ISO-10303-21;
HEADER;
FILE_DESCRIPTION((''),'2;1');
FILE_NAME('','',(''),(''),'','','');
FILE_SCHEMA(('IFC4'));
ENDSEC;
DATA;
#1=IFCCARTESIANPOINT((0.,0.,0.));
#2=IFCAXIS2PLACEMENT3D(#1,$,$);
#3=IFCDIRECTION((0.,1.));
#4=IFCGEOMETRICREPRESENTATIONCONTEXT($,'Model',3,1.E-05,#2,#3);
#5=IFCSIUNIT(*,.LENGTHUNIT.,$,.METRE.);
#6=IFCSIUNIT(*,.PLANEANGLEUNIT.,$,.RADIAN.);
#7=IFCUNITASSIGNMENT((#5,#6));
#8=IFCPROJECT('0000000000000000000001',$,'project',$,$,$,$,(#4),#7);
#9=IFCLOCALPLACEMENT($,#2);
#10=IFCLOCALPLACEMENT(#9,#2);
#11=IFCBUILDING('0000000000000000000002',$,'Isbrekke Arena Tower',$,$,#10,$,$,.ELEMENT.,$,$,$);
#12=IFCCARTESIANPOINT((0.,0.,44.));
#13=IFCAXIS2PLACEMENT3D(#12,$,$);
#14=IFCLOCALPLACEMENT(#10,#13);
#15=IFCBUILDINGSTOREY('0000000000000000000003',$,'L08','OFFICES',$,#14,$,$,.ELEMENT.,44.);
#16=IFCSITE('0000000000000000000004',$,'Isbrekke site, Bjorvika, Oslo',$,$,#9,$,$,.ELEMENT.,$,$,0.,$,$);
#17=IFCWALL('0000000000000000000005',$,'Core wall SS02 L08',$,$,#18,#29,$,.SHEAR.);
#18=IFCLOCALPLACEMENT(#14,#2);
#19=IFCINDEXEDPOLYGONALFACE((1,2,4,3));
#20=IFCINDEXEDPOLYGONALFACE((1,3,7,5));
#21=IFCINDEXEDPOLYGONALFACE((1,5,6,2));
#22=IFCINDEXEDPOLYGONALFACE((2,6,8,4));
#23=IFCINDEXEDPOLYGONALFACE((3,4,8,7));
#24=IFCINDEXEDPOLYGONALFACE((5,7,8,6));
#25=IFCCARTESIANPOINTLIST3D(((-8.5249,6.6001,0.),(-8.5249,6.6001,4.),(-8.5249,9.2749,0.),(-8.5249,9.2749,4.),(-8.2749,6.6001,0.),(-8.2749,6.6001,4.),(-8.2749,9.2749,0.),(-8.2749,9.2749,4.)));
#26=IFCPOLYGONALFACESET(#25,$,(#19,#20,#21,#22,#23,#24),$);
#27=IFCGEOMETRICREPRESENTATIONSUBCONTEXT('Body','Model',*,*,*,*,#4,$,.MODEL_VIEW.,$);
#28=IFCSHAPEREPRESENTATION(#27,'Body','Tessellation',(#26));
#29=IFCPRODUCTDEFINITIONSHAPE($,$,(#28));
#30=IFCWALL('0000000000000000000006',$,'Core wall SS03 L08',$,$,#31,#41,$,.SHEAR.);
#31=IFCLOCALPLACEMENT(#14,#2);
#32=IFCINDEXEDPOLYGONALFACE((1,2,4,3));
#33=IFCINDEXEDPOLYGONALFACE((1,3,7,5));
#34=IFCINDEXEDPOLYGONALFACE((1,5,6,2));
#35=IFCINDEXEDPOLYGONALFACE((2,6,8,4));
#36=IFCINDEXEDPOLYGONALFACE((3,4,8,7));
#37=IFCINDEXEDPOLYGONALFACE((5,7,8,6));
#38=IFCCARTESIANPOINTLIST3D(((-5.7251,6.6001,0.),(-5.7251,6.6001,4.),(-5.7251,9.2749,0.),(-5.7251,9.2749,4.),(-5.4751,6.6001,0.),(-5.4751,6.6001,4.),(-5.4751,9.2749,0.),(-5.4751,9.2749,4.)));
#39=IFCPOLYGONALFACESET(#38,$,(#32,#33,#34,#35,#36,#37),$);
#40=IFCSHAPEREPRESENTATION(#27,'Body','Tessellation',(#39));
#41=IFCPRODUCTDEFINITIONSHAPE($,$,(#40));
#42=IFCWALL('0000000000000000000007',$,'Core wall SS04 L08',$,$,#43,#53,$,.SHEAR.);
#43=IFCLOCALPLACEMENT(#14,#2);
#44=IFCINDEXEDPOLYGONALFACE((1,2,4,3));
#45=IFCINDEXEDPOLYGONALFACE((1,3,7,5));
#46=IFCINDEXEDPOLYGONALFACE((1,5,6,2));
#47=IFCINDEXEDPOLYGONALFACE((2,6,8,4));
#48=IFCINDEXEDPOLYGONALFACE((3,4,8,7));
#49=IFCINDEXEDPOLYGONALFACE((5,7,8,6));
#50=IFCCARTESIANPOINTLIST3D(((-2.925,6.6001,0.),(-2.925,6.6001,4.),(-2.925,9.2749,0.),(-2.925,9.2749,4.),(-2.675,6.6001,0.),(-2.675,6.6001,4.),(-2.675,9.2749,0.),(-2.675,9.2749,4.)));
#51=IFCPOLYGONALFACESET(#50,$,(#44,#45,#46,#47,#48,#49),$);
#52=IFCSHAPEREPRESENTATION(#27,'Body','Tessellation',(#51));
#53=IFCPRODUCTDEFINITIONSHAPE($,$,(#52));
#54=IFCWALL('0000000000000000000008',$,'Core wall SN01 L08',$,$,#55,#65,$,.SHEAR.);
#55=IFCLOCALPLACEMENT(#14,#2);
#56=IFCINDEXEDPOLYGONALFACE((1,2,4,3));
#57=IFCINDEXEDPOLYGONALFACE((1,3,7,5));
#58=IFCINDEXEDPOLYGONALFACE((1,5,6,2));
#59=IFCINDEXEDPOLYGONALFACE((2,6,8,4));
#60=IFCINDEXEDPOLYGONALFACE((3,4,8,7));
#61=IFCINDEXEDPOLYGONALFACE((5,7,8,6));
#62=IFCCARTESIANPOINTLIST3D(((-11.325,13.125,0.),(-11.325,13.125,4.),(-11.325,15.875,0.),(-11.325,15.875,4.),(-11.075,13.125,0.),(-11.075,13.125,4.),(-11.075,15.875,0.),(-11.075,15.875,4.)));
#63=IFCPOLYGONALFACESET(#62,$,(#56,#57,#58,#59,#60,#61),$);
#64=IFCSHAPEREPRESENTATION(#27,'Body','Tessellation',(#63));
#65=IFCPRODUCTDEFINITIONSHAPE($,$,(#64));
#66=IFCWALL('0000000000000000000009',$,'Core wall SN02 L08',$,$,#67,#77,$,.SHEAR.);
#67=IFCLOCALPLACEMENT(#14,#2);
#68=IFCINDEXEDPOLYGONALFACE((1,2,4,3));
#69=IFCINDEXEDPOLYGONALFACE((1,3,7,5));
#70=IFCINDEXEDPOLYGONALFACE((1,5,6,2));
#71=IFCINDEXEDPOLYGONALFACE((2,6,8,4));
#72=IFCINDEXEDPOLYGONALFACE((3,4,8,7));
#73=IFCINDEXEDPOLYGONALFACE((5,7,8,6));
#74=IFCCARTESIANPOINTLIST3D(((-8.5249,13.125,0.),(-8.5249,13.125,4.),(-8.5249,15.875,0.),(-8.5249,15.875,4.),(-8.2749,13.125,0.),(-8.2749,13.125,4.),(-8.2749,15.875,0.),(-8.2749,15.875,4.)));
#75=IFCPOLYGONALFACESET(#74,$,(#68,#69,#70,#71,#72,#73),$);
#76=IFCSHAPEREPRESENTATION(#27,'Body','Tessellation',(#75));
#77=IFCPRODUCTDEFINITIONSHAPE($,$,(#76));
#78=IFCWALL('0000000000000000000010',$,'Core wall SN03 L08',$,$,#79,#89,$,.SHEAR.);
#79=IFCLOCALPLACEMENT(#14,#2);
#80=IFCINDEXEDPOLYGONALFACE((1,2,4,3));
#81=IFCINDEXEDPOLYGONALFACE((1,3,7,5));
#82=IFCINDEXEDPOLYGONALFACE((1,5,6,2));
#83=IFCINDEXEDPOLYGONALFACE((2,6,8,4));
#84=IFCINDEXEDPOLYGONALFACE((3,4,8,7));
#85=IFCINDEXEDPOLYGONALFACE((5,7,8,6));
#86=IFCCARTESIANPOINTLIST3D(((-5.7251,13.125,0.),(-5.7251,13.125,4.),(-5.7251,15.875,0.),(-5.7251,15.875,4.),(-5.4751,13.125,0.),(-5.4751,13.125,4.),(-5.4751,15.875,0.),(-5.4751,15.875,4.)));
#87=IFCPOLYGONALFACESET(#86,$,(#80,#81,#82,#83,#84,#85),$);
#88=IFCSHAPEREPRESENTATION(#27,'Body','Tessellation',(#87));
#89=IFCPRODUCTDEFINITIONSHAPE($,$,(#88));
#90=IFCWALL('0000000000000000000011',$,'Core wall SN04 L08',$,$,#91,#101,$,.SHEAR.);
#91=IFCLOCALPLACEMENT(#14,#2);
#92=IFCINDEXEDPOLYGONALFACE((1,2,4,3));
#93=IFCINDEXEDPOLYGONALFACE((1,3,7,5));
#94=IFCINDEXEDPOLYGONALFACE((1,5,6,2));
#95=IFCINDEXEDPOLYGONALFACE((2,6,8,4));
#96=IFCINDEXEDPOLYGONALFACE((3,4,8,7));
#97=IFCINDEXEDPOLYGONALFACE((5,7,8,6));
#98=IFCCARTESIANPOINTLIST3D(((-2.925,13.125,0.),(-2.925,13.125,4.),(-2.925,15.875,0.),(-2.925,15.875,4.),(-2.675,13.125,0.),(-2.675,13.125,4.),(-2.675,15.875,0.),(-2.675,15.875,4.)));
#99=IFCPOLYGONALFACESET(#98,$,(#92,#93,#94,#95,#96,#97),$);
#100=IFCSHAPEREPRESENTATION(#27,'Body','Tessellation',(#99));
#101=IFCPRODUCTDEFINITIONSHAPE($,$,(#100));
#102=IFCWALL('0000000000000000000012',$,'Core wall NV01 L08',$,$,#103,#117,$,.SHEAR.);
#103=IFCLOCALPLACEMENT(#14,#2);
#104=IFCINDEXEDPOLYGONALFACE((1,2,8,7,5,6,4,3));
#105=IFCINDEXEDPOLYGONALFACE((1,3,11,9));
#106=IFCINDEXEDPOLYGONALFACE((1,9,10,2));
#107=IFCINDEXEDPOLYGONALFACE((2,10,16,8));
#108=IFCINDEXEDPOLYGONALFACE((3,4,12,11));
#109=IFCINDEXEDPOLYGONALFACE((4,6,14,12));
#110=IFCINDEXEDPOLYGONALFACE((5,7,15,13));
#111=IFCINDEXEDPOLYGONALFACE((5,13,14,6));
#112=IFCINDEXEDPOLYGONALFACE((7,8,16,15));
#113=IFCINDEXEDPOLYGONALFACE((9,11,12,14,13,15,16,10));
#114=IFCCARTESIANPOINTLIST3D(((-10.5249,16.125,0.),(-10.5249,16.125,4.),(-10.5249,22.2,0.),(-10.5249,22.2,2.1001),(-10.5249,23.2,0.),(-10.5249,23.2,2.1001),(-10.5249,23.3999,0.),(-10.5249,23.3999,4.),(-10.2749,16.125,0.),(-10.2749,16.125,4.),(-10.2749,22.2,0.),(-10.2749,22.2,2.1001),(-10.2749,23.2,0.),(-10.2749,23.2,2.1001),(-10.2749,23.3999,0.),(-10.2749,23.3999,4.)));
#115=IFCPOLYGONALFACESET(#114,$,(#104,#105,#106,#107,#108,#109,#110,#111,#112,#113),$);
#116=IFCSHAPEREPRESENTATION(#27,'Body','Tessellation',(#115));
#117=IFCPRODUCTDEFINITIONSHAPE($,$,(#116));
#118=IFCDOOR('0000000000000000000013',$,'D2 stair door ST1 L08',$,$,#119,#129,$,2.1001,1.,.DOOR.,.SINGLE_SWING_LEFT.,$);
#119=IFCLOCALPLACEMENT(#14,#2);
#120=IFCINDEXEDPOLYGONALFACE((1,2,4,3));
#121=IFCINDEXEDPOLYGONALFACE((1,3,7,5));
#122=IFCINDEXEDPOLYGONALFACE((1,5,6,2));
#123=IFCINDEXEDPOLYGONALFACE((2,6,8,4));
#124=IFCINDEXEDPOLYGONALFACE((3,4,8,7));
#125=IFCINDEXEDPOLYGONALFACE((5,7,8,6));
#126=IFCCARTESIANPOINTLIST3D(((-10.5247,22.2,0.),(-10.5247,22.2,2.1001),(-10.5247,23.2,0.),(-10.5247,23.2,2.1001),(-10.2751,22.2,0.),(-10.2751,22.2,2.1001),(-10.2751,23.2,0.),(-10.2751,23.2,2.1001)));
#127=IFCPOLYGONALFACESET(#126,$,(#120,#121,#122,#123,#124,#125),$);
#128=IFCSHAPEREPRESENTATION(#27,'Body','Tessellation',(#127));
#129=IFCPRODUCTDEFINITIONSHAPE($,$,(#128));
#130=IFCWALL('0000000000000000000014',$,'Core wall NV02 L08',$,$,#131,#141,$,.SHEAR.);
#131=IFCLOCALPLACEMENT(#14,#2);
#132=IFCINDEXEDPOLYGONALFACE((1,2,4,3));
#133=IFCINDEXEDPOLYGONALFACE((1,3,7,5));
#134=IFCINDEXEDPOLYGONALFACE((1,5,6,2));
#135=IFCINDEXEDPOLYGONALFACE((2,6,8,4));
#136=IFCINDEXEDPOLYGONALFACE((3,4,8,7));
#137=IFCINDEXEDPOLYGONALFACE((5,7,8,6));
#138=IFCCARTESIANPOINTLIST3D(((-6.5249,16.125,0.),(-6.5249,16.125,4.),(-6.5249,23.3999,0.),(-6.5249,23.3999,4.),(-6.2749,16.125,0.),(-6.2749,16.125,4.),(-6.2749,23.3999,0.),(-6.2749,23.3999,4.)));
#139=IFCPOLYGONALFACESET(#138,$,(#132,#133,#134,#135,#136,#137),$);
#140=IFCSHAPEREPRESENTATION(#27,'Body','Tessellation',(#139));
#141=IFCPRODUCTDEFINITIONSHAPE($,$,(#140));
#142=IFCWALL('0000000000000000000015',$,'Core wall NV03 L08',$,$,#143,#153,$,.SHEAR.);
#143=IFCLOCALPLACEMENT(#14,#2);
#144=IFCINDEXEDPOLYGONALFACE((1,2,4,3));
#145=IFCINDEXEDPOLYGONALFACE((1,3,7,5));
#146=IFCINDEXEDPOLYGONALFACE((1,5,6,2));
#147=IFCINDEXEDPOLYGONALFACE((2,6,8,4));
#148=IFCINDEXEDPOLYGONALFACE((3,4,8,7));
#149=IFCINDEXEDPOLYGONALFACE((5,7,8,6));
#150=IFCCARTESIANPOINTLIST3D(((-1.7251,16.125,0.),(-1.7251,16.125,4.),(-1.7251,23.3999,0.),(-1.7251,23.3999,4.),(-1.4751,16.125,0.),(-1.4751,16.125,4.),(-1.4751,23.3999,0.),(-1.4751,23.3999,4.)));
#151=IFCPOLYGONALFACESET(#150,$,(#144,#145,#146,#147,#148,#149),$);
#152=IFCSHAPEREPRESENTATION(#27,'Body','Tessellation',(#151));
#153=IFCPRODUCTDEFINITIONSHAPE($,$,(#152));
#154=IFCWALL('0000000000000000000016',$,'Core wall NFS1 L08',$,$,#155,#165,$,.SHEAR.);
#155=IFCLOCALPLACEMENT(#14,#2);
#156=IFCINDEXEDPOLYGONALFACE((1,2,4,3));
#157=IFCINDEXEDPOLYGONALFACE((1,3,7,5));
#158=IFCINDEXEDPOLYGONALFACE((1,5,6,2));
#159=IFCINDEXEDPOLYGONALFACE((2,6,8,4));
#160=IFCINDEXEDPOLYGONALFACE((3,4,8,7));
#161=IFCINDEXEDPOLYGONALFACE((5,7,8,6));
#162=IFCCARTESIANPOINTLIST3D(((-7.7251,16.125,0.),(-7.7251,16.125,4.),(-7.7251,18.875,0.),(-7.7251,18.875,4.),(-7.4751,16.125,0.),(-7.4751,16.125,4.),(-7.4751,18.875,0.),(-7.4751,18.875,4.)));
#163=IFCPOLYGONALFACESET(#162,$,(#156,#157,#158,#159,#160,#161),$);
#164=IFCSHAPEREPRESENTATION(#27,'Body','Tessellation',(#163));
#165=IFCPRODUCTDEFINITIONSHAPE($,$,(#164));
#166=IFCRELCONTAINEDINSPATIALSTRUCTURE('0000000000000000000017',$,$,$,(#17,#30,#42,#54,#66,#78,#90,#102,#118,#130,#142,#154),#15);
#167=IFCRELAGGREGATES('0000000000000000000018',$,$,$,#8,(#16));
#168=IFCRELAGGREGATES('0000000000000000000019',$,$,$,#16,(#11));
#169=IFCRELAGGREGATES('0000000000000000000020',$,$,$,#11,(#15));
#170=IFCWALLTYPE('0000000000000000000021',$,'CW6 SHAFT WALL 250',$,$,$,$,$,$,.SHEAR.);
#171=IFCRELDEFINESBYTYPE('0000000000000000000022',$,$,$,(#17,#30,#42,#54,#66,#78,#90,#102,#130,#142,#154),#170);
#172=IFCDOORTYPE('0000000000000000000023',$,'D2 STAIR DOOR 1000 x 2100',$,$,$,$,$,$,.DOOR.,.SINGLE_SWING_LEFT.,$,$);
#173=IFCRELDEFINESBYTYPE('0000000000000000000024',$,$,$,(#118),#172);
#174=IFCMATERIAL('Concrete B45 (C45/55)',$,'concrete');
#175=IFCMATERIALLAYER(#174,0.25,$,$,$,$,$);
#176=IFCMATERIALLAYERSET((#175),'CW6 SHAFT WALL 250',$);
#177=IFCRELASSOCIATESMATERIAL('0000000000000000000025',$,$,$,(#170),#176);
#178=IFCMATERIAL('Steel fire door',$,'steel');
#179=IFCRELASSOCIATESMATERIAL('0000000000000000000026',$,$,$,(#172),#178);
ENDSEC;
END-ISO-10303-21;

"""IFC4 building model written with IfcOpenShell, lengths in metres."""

from ifc_helpers import new_model, si_unit, direction, frame, frame_2d, origin, place, context, subcontext, project, spatial, rectangle, extrude, material, layer, layer_set, type_object, element, fill, save


model = new_model("IFC4")

# Units and contexts
model_context = context("Model", 3, precision=1e-05, world=origin(), true_north=direction((0.0, 1.0)))
body_context = subcontext(model_context, "Body", "Model", "MODEL_VIEW")
ifc_project = project(units=[si_unit("LENGTHUNIT", "METRE"), si_unit("PLANEANGLEUNIT", "RADIAN")], contexts=[model_context])

# Site, building, storey
site_placement = place(None, origin())
site = spatial("IfcSite", under=ifc_project, at=site_placement, Name="Isbrekke site, Bjorvika, Oslo", CompositionType="ELEMENT", RefElevation=0.0)
building_placement = place(site_placement, origin())
building = spatial("IfcBuilding", under=site, at=building_placement, Name="Isbrekke Arena Tower", CompositionType="ELEMENT")
storey_placement = place(building_placement, frame((0.0, 0.0, 44.0)))
storey = spatial("IfcBuildingStorey", under=building, at=storey_placement, Name="L08", Description="OFFICES", CompositionType="ELEMENT", Elevation=44.0)

# Shared definitions
ifc_material_1 = material(Name="Concrete B45 (C45/55)", Category="concrete")
ifc_layer_1 = layer(ifc_material_1, 0.25)
ifc_layer_set_1 = layer_set([ifc_layer_1], Name="CW6 SHAFT WALL 250")
wall_type_1 = type_object("IfcWallType", Name="CW6 SHAFT WALL 250", PredefinedType="SHEAR", material=ifc_layer_set_1)

# Walls
for number, where, z_axis, x_axis, name in (
    (1, (-8.3999, 6.6001, 0.0), (0.0, 0.0, 1.0), (0.0, 1.0, 0.0), "Core wall SS02 L08"),
    (2, (-5.6001, 6.6001, 0.0), (0.0, 0.0, 1.0), (0.0, 1.0, 0.0), "Core wall SS03 L08"),
    (3, (-2.8, 6.6001, 0.0), (0.0, 0.0, 1.0), (0.0, 1.0, 0.0), "Core wall SS04 L08"),
):
    element("IfcWall", number, at=place(storey_placement, frame(where, z_axis=z_axis, x_axis=x_axis)), inside=storey, type_object=wall_type_1, Name=name, PredefinedType="SHEAR", context=body_context, shape_type="SweptSolid", body=[
        extrude(rectangle(XDim=2.6748, YDim=0.25, at=frame_2d((1.3374, 0.0))), origin(), (0.0, 0.0, 1.0), 4.0),
    ])
for number, where, z_axis, x_axis, name in (
    (4, (-11.2, 13.125, 0.0), (0.0, 0.0, 1.0), (0.0, 1.0, 0.0), "Core wall SN01 L08"),
    (5, (-8.3999, 13.125, 0.0), (0.0, 0.0, 1.0), (0.0, 1.0, 0.0), "Core wall SN02 L08"),
    (6, (-5.6001, 13.125, 0.0), (0.0, 0.0, 1.0), (0.0, 1.0, 0.0), "Core wall SN03 L08"),
    (7, (-2.8, 13.125, 0.0), (0.0, 0.0, 1.0), (0.0, 1.0, 0.0), "Core wall SN04 L08"),
):
    element("IfcWall", number, at=place(storey_placement, frame(where, z_axis=z_axis, x_axis=x_axis)), inside=storey, type_object=wall_type_1, Name=name, PredefinedType="SHEAR", context=body_context, shape_type="SweptSolid", body=[
        extrude(rectangle(XDim=2.75, YDim=0.25, at=frame_2d((1.375, 0.0))), origin(), (0.0, 0.0, 1.0), 4.0),
    ])

# Wall, opening, door
wall_1_placement = place(storey_placement, frame((-10.3999, 16.125, 0.0), z_axis=(0.0, 0.0, 1.0), x_axis=(0.0, 1.0, 0.0)))
wall_1 = element("IfcWall", 8, at=wall_1_placement, inside=storey, type_object=wall_type_1, Name="Core wall NV01 L08", PredefinedType="SHEAR", context=body_context, shape_type="SweptSolid", body=[
    extrude(rectangle(XDim=7.2749, YDim=0.25, at=frame_2d((3.6375, 0.0))), origin(), (0.0, 0.0, 1.0), 4.0),
])
opening_1_placement = place(wall_1_placement, frame((6.075, 0.0, 0.0)))
opening_1 = element("IfcOpeningElement", 9, at=opening_1_placement, cuts=wall_1, PredefinedType="OPENING", context=body_context, shape_type="SweptSolid", body=[
    extrude(rectangle(XDim=1.0, YDim=2.1001, at=frame_2d((0.5, 1.05))), frame((0.0, 0.1399, 0.0), z_axis=(0.0, -1.0, 0.0), x_axis=(1.0, 0.0, 0.0)), (0.0, 0.0, 1.0), 0.2798),
])
ifc_material_2 = material(Name="Steel fire door", Category="steel")
door_type_1 = type_object("IfcDoorType", Name="D2 STAIR DOOR 1000 x 2100", OperationType="SINGLE_SWING_LEFT", PredefinedType="DOOR", material=ifc_material_2)
door_1_placement = place(opening_1_placement, origin())
door_1 = element("IfcDoor", 10, at=door_1_placement, inside=storey, type_object=door_type_1, Name="D2 stair door ST1 L08", OperationType="SINGLE_SWING_LEFT", OverallHeight=2.1001, OverallWidth=1.0, PredefinedType="DOOR", context=body_context, shape_type="SweptSolid", body=[
    extrude(rectangle(XDim=1.0, YDim=2.1001, at=frame_2d((0.5, 1.05))), frame((0.0, 0.1248, 0.0), z_axis=(0.0, -1.0, 0.0), x_axis=(1.0, 0.0, 0.0)), (0.0, 0.0, 1.0), 0.2495),
])
fill(opening_1, door_1)

# Walls
for number, where, z_axis, x_axis, name in (
    (11, (-6.3999, 16.125, 0.0), (0.0, 0.0, 1.0), (0.0, 1.0, 0.0), "Core wall NV02 L08"),
    (12, (-1.6001, 16.125, 0.0), (0.0, 0.0, 1.0), (0.0, 1.0, 0.0), "Core wall NV03 L08"),
):
    element("IfcWall", number, at=place(storey_placement, frame(where, z_axis=z_axis, x_axis=x_axis)), inside=storey, type_object=wall_type_1, Name=name, PredefinedType="SHEAR", context=body_context, shape_type="SweptSolid", body=[
        extrude(rectangle(XDim=7.2749, YDim=0.25, at=frame_2d((3.6375, 0.0))), origin(), (0.0, 0.0, 1.0), 4.0),
    ])
wall_2_placement = place(storey_placement, frame((-7.6001, 16.125, 0.0), z_axis=(0.0, 0.0, 1.0), x_axis=(0.0, 1.0, 0.0)))
element("IfcWall", 13, at=wall_2_placement, inside=storey, type_object=wall_type_1, Name="Core wall NFS1 L08", PredefinedType="SHEAR", context=body_context, shape_type="SweptSolid", body=[
    extrude(rectangle(XDim=2.75, YDim=0.25, at=frame_2d((1.375, 0.0))), origin(), (0.0, 0.0, 1.0), 4.0),
])

save(model, "model.ifc")
